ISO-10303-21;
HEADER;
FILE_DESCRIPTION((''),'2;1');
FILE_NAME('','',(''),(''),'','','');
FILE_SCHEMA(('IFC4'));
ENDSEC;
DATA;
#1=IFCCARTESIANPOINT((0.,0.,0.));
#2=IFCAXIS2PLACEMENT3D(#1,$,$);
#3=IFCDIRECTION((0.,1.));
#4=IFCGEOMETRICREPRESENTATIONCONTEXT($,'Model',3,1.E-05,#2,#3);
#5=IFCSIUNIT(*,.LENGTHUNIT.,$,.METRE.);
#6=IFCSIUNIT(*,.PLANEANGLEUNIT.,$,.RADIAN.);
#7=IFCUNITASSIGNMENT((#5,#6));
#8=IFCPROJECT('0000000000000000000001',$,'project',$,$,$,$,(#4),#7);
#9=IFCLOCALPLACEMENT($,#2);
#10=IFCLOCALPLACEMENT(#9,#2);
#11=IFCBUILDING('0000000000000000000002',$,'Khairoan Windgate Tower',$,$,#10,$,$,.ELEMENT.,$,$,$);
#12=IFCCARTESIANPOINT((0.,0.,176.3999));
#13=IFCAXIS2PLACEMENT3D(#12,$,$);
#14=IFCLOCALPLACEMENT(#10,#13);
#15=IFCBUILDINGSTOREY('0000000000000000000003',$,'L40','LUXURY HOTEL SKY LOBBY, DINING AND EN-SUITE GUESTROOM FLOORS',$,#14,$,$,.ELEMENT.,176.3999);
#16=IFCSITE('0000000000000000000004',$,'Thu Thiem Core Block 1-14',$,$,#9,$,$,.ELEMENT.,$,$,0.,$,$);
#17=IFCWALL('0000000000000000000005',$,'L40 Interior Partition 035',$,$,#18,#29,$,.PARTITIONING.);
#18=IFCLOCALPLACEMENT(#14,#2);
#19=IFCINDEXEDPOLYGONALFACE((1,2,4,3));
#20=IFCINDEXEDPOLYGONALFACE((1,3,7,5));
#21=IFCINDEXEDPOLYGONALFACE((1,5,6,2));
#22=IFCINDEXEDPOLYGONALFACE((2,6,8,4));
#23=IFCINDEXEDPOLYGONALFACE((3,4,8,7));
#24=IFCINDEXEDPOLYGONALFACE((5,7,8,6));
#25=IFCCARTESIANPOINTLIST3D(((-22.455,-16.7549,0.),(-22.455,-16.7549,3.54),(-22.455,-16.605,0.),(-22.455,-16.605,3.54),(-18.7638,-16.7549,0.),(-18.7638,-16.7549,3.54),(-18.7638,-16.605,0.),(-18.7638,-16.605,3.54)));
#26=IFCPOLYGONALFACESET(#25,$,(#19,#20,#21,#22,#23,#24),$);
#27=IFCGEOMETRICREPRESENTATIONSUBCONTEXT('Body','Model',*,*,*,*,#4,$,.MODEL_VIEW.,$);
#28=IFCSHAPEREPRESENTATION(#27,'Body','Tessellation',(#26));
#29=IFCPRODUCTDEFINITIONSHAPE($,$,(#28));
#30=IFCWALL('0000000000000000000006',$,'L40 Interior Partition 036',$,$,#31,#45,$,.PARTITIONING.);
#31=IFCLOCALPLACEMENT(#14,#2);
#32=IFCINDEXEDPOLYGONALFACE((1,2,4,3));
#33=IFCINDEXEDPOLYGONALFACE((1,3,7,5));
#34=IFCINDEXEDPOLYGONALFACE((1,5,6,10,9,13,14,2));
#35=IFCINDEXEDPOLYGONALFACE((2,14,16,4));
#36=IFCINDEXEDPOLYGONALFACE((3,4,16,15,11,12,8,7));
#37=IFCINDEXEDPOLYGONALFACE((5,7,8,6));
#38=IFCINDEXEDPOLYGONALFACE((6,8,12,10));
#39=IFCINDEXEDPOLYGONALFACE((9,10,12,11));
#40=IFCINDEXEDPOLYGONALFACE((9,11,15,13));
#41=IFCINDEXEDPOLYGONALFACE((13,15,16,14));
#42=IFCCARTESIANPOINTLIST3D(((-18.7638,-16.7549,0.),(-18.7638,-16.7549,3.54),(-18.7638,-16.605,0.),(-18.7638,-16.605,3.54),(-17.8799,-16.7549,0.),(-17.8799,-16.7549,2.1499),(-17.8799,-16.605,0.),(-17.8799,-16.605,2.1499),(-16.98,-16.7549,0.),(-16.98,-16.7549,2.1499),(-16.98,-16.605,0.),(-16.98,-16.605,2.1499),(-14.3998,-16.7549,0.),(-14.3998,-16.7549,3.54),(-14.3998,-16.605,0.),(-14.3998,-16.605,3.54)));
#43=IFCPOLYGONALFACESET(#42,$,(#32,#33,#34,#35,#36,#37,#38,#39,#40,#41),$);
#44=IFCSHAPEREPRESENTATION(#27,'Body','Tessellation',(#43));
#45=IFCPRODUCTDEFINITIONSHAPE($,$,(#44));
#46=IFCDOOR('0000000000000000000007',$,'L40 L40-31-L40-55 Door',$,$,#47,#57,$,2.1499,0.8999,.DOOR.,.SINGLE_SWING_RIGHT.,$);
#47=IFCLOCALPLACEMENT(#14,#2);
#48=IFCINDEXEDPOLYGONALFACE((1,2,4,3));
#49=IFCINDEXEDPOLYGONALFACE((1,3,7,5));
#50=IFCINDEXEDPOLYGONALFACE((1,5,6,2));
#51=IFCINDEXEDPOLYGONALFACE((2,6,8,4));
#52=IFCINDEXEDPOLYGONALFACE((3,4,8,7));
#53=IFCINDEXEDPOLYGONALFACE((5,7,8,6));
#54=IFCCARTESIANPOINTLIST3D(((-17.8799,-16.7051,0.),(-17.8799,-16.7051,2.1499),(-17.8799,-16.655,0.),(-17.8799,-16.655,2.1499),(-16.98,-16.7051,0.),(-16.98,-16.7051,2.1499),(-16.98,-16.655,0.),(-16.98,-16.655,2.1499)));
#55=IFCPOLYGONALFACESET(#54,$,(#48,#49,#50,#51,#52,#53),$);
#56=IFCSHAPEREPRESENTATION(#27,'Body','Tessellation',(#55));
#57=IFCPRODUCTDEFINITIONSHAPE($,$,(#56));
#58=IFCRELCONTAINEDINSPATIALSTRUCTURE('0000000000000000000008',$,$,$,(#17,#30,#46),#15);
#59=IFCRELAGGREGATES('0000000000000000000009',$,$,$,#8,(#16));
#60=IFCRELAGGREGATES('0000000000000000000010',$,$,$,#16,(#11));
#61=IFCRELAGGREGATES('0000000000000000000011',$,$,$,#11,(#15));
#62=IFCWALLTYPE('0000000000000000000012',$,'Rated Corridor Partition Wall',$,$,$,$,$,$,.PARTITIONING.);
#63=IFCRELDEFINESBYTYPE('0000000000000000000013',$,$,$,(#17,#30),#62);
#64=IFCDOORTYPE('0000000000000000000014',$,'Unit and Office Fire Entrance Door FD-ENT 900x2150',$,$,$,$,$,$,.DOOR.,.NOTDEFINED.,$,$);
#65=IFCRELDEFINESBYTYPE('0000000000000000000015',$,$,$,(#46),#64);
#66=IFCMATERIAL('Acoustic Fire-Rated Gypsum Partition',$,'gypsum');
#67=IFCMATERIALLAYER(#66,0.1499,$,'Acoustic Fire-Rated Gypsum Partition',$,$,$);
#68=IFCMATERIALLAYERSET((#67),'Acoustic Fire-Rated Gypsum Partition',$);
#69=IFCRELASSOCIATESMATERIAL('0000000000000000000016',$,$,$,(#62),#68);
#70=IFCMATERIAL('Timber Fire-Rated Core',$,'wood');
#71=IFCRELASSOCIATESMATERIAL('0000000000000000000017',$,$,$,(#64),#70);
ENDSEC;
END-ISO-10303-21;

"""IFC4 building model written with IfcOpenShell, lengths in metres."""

from ifc_helpers import new_model, si_unit, direction, frame, frame_2d, origin, place, context, subcontext, project, spatial, rectangle, extrude, material, layer, layer_set, type_object, element, fill, save


model = new_model("IFC4")

# Units and contexts
model_context = context("Model", 3, precision=1e-05, world=origin(), true_north=direction((0.0, 1.0)))
body_context = subcontext(model_context, "Body", "Model", "MODEL_VIEW")
ifc_project = project(units=[si_unit("LENGTHUNIT", "METRE"), si_unit("PLANEANGLEUNIT", "RADIAN")], contexts=[model_context])

# Site, building, storey
site_placement = place(None, origin())
site = spatial("IfcSite", under=ifc_project, at=site_placement, Name="Thu Thiem Core Block 1-14", CompositionType="ELEMENT", RefElevation=0.0)
building_placement = place(site_placement, origin())
building = spatial("IfcBuilding", under=site, at=building_placement, Name="Khairoan Windgate Tower", CompositionType="ELEMENT")
storey_placement = place(building_placement, frame((0.0, 0.0, 176.3999)))
storey = spatial("IfcBuildingStorey", under=building, at=storey_placement, Name="L40", Description="LUXURY HOTEL SKY LOBBY, DINING AND EN-SUITE GUESTROOM FLOORS", CompositionType="ELEMENT", Elevation=176.3999)

# Wall
ifc_material_1 = material(Name="Acoustic Fire-Rated Gypsum Partition", Category="gypsum")
ifc_layer_1 = layer(ifc_material_1, 0.1499, Name="Acoustic Fire-Rated Gypsum Partition")
ifc_layer_set_1 = layer_set([ifc_layer_1], Name="Acoustic Fire-Rated Gypsum Partition")
wall_type_1 = type_object("IfcWallType", Name="Rated Corridor Partition Wall", PredefinedType="PARTITIONING", material=ifc_layer_set_1)
wall_1_placement = place(storey_placement, frame((-22.4551, -16.6799, 0.0), z_axis=(0.0, 0.0, 1.0), x_axis=(1.0, 0.0, 0.0)))
element("IfcWall", 1, at=wall_1_placement, inside=storey, type_object=wall_type_1, Name="L40 Interior Partition 035", PredefinedType="PARTITIONING", context=body_context, shape_type="SweptSolid", body=[
    extrude(rectangle(XDim=3.6912, YDim=0.1499, at=frame_2d((1.8457, 0.0))), origin(), (0.0, 0.0, 1.0), 3.54),
])

# Wall, opening, door
wall_2_placement = place(storey_placement, frame((-18.7639, -16.6799, 0.0), z_axis=(0.0, 0.0, 1.0), x_axis=(1.0, 0.0, 0.0)))
wall_2 = element("IfcWall", 2, at=wall_2_placement, inside=storey, type_object=wall_type_1, Name="L40 Interior Partition 036", PredefinedType="PARTITIONING", context=body_context, shape_type="SweptSolid", body=[
    extrude(rectangle(XDim=4.364, YDim=0.1499, at=frame_2d((2.1821, 0.0))), origin(), (0.0, 0.0, 1.0), 3.54),
])
opening_1_placement = place(wall_2_placement, frame((0.884, 0.0, 0.0)))
opening_1 = element("IfcOpeningElement", 3, at=opening_1_placement, cuts=wall_2, PredefinedType="OPENING", context=body_context, shape_type="SweptSolid", body=[
    extrude(rectangle(XDim=0.8999, YDim=2.1499, at=frame_2d((0.45, 1.075))), frame((0.0, 0.085, 0.0), z_axis=(0.0, -1.0, 0.0), x_axis=(1.0, 0.0, 0.0)), (0.0, 0.0, 1.0), 0.1699),
])
ifc_material_2 = material(Name="Timber Fire-Rated Core", Category="wood")
door_type_1 = type_object("IfcDoorType", Name="Unit and Office Fire Entrance Door FD-ENT 900x2150", OperationType="NOTDEFINED", PredefinedType="DOOR", material=ifc_material_2)
door_1_placement = place(opening_1_placement, origin())
door_1 = element("IfcDoor", 4, at=door_1_placement, inside=storey, type_object=door_type_1, Name="L40 L40-31-L40-55 Door", OperationType="SINGLE_SWING_RIGHT", OverallHeight=2.1499, OverallWidth=0.8999, PredefinedType="DOOR", context=body_context, shape_type="SweptSolid", body=[
    extrude(rectangle(XDim=0.8999, YDim=2.1499, at=frame_2d((0.45, 1.075))), frame((0.0, 0.0249, 0.0), z_axis=(0.0, -1.0, 0.0), x_axis=(1.0, 0.0, 0.0)), (0.0, 0.0, 1.0), 0.05),
])
fill(opening_1, door_1)

save(model, "model.ifc")
